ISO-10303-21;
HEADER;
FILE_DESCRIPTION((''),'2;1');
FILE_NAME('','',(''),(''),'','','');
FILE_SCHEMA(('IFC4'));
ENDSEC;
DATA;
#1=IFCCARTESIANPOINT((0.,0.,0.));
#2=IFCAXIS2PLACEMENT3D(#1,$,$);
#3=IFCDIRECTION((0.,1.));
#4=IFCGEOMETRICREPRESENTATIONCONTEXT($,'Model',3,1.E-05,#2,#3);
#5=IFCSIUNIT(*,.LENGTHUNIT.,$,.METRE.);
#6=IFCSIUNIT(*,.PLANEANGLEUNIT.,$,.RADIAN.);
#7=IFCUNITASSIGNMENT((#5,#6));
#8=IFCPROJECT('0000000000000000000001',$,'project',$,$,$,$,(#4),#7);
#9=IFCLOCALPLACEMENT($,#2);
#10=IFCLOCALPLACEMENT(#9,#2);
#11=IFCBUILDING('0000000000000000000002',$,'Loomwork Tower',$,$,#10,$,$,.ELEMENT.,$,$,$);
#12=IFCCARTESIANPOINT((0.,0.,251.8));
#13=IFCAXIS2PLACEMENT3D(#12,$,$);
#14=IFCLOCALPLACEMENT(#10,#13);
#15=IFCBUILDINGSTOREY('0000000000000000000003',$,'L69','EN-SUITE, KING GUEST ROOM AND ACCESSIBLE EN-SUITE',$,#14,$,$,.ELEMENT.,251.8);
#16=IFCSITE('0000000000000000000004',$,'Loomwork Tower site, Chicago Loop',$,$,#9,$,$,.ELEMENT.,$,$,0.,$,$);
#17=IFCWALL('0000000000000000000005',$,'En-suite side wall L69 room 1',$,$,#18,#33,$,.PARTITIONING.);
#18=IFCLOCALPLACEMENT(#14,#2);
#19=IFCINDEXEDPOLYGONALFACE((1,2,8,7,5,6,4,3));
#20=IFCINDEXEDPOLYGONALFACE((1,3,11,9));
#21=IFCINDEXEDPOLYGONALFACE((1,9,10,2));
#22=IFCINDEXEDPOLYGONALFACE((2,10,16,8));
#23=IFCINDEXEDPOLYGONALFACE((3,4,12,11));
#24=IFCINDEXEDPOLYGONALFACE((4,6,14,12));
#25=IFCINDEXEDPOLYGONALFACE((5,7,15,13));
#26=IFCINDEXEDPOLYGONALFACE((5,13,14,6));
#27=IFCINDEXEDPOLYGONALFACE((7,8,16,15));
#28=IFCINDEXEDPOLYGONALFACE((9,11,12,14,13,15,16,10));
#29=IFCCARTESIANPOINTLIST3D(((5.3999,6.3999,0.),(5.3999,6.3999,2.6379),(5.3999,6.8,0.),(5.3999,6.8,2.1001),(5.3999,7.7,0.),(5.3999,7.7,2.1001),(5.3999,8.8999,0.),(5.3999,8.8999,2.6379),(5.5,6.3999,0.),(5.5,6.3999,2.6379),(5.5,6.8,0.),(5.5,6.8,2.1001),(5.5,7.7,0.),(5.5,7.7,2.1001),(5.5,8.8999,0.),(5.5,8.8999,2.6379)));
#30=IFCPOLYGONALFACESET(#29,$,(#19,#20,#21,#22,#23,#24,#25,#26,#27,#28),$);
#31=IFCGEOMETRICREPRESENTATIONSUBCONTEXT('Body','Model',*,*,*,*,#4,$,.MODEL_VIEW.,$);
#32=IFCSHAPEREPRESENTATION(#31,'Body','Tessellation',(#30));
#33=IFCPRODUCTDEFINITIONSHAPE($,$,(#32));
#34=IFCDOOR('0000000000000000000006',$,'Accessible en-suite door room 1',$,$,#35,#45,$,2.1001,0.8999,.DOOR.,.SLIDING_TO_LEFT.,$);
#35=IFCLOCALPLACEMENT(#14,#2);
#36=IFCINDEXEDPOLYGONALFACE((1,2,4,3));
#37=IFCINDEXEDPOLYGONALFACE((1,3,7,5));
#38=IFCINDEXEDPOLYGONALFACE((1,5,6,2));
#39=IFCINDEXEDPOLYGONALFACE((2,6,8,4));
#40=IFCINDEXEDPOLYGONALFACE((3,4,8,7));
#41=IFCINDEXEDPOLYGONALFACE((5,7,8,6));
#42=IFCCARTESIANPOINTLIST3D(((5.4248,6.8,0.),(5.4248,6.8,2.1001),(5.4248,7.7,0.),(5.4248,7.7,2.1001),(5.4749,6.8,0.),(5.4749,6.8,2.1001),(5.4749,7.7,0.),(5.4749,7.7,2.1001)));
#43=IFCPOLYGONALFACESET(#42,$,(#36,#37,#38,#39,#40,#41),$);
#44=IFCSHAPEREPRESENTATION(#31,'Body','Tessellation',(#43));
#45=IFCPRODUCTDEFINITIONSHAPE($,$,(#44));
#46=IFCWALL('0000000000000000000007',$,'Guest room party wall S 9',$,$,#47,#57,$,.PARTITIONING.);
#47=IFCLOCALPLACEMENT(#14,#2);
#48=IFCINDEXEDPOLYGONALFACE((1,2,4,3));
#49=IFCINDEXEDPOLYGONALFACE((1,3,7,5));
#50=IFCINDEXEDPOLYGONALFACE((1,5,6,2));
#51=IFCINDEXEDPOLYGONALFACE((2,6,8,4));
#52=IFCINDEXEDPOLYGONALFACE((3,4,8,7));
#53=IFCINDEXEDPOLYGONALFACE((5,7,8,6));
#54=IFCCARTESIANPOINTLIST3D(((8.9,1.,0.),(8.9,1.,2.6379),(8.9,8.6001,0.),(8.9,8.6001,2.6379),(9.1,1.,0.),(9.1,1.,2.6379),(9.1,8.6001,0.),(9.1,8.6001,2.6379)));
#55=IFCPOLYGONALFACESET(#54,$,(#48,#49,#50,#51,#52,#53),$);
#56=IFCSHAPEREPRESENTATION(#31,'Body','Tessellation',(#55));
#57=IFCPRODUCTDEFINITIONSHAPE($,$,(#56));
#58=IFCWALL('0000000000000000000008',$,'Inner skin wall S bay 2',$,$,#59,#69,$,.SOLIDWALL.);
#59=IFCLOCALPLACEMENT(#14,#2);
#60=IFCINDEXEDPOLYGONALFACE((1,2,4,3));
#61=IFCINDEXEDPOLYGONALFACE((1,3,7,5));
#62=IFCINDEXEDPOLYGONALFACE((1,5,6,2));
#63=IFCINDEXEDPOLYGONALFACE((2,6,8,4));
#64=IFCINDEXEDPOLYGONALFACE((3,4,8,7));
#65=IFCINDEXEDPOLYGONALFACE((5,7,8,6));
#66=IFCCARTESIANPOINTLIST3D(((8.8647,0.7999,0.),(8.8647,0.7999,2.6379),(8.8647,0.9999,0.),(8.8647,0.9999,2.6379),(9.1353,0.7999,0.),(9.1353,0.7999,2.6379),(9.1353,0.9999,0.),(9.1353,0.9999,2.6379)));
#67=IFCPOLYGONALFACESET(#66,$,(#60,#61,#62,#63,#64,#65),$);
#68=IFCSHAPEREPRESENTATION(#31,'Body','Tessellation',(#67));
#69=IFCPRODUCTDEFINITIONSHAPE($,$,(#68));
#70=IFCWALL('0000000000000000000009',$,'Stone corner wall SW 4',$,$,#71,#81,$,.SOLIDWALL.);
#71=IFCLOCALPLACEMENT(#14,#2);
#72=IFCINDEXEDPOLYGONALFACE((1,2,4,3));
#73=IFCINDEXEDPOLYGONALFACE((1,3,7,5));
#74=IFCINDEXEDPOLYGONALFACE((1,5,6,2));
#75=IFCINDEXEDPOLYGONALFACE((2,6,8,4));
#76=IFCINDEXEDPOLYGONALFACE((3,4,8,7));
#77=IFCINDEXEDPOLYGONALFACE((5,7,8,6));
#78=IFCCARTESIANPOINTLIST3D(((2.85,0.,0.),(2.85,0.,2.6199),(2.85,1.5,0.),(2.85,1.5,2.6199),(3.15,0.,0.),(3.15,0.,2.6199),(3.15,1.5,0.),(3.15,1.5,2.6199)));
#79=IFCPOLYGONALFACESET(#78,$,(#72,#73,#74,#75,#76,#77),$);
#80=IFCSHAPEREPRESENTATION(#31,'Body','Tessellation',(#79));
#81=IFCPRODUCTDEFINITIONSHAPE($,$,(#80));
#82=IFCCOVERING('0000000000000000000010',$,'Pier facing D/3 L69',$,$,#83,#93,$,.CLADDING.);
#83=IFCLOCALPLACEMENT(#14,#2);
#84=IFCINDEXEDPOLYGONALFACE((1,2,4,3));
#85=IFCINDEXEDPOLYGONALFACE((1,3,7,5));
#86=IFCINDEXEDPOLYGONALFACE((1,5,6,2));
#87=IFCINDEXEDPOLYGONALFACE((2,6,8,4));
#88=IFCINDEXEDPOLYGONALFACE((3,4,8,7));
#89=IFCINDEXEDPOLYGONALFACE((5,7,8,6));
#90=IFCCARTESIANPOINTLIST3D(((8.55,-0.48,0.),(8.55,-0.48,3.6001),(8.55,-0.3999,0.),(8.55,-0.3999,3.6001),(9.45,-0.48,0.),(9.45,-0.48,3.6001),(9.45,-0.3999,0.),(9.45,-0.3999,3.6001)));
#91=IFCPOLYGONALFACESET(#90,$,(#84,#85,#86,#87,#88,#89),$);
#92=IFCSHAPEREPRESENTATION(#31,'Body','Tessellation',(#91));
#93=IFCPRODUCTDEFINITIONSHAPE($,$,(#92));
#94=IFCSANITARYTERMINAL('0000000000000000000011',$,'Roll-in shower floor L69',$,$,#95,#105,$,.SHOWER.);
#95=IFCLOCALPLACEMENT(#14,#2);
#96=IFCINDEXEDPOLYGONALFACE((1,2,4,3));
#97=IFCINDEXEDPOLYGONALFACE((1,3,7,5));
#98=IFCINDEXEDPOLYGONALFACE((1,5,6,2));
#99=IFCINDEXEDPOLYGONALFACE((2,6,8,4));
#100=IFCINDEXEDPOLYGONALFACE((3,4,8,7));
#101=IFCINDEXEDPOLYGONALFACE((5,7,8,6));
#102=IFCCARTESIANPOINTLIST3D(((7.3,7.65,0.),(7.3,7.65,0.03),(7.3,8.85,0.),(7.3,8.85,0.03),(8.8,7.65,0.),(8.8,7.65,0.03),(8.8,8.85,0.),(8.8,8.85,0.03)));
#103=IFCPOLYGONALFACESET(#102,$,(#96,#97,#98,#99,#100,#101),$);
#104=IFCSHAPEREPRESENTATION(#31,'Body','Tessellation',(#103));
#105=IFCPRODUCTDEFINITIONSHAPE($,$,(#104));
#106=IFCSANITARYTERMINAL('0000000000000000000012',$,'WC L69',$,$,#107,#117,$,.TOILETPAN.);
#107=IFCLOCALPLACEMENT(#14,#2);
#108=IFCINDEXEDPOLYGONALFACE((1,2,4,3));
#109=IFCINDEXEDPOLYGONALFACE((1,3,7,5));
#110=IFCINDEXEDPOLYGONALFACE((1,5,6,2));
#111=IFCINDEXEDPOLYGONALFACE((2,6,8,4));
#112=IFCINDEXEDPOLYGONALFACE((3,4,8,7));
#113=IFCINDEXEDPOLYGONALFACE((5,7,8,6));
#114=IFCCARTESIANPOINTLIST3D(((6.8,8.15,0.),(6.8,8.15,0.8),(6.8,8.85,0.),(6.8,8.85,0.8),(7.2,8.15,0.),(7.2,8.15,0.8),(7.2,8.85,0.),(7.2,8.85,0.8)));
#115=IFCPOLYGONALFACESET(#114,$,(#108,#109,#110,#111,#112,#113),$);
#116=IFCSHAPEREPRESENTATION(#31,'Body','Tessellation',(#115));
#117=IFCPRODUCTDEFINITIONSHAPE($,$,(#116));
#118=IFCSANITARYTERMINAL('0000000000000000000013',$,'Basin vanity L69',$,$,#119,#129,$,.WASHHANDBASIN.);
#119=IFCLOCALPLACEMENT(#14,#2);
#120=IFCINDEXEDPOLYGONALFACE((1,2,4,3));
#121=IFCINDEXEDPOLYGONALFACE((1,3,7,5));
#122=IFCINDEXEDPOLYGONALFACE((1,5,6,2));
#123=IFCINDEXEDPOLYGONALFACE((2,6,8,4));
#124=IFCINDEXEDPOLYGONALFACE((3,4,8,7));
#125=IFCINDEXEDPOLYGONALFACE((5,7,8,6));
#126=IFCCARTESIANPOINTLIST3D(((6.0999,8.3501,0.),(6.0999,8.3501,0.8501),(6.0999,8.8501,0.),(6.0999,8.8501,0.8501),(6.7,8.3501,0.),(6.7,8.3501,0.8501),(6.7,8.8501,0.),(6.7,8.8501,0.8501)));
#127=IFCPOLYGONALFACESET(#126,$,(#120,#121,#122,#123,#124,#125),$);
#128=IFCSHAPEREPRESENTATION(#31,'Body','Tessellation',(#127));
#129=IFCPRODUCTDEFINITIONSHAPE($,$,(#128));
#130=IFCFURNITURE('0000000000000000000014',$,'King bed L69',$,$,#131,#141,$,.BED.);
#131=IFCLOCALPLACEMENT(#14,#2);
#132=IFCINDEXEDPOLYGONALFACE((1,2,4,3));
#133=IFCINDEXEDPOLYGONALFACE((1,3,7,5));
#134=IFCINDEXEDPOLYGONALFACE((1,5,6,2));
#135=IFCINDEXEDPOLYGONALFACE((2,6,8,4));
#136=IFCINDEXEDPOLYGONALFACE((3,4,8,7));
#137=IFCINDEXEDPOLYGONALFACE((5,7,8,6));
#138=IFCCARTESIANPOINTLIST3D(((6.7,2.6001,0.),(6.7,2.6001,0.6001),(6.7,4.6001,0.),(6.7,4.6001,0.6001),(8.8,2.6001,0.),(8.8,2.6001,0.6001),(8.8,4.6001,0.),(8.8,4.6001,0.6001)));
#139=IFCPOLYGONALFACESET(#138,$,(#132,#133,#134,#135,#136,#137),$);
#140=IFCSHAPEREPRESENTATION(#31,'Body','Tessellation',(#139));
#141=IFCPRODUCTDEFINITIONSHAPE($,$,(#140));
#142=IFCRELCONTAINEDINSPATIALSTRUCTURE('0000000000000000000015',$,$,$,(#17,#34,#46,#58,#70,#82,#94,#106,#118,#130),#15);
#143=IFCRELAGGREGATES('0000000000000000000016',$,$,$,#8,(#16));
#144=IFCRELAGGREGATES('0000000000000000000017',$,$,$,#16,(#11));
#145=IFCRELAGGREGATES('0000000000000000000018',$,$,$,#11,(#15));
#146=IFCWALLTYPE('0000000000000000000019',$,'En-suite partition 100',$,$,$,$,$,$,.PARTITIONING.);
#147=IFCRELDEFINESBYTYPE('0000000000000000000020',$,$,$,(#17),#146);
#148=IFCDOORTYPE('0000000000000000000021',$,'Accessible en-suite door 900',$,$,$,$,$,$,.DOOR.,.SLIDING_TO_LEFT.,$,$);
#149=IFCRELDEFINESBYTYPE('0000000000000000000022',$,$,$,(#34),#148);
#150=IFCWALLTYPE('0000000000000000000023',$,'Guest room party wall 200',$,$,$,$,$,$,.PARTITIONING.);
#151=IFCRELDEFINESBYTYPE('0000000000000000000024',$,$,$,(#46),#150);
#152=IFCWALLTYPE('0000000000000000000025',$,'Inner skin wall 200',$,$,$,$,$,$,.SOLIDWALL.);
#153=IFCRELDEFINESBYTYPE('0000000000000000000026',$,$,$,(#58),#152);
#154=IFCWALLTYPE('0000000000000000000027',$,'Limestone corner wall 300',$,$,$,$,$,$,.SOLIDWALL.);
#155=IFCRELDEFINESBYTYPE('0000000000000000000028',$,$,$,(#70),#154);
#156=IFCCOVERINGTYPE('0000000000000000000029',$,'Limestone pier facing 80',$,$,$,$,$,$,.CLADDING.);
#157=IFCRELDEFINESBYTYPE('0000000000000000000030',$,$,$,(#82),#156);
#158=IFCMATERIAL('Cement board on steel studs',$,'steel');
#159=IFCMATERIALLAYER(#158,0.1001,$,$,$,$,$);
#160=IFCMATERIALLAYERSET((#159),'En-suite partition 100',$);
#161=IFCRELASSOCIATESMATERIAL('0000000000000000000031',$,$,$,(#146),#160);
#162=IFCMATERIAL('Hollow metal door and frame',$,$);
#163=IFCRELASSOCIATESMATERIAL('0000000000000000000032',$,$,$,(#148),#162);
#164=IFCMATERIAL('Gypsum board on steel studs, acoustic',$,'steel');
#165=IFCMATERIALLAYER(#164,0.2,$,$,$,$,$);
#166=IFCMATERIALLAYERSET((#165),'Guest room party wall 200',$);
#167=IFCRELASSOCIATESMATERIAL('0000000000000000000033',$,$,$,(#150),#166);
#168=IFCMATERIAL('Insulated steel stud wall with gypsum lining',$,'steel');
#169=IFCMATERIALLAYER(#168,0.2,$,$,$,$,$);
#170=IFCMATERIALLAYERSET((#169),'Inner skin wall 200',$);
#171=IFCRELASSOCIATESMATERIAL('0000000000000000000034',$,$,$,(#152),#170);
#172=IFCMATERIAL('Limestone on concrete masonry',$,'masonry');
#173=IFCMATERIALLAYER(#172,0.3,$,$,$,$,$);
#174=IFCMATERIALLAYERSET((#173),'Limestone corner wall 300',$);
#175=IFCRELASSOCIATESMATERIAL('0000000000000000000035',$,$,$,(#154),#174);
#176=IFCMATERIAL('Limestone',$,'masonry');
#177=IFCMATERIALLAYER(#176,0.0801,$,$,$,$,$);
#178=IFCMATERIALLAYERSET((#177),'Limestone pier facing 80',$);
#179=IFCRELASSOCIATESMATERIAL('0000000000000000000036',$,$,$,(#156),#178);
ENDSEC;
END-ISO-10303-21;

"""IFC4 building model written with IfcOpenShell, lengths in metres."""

from ifc_helpers import new_model, si_unit, direction, frame, frame_2d, origin, origin_2d, place, context, subcontext, project, spatial, rectangle, extrude, material, layer, layer_set, type_object, element, fill, save


model = new_model("IFC4")

# Units and contexts
model_context = context("Model", 3, precision=1e-05, world=origin(), true_north=direction((0.0, 1.0)))
body_context = subcontext(model_context, "Body", "Model", "MODEL_VIEW")
ifc_project = project(units=[si_unit("LENGTHUNIT", "METRE"), si_unit("PLANEANGLEUNIT", "RADIAN")], contexts=[model_context])

# Site, building, storey
site_placement = place(None, origin())
site = spatial("IfcSite", under=ifc_project, at=site_placement, Name="Loomwork Tower site, Chicago Loop", CompositionType="ELEMENT", RefElevation=0.0)
building_placement = place(site_placement, origin())
building = spatial("IfcBuilding", under=site, at=building_placement, Name="Loomwork Tower", CompositionType="ELEMENT")
storey_placement = place(building_placement, frame((0.0, 0.0, 251.8)))
storey = spatial("IfcBuildingStorey", under=building, at=storey_placement, Name="L69", Description="EN-SUITE, KING GUEST ROOM AND ACCESSIBLE EN-SUITE", CompositionType="ELEMENT", Elevation=251.8)

# Shared definitions
ifc_material_1 = material(Name="Cement board on steel studs", Category="steel")
ifc_layer_1 = layer(ifc_material_1, 0.1001)
ifc_layer_set_1 = layer_set([ifc_layer_1], Name="En-suite partition 100")
wall_type_1 = type_object("IfcWallType", Name="En-suite partition 100", PredefinedType="PARTITIONING", material=ifc_layer_set_1)

# Wall, opening, door
wall_1_placement = place(storey_placement, frame((5.45, 8.8999, 0.0), z_axis=(0.0, 0.0, 1.0), x_axis=(0.0, -1.0, 0.0)))
wall_1 = element("IfcWall", 1, at=wall_1_placement, inside=storey, type_object=wall_type_1, Name="En-suite side wall L69 room 1", PredefinedType="PARTITIONING", context=body_context, shape_type="SweptSolid", body=[
    extrude(rectangle(XDim=2.5, YDim=0.1001, at=frame_2d((1.25, 0.0))), origin(), (0.0, 0.0, 1.0), 2.6379),
])
opening_placement = place(wall_1_placement, frame((1.2, 0.0, 0.0)))
opening = element("IfcOpeningElement", 2, at=opening_placement, cuts=wall_1, PredefinedType="OPENING", context=body_context, shape_type="SweptSolid", body=[
    extrude(rectangle(XDim=0.8999, YDim=2.1001, at=frame_2d((0.45, 1.05))), frame((0.0, 0.0601, 0.0), z_axis=(0.0, -1.0, 0.0), x_axis=(1.0, 0.0, 0.0)), (0.0, 0.0, 1.0), 0.1201),
])
ifc_material_2 = material(Name="Hollow metal door and frame")
door_type = type_object("IfcDoorType", Name="Accessible en-suite door 900", OperationType="SLIDING_TO_LEFT", PredefinedType="DOOR", material=ifc_material_2)
door_placement = place(opening_placement, origin())
door = element("IfcDoor", 3, at=door_placement, inside=storey, type_object=door_type, Name="Accessible en-suite door room 1", OperationType="SLIDING_TO_LEFT", OverallHeight=2.1001, OverallWidth=0.8999, PredefinedType="DOOR", context=body_context, shape_type="SweptSolid", body=[
    extrude(rectangle(XDim=0.8999, YDim=2.1001, at=frame_2d((0.45, 1.05))), frame((0.0, 0.0249, 0.0), z_axis=(0.0, -1.0, 0.0), x_axis=(1.0, 0.0, 0.0)), (0.0, 0.0, 1.0), 0.05),
])
fill(opening, door)

# Walls
ifc_material_3 = material(Name="Gypsum board on steel studs, acoustic", Category="steel")
ifc_layer_2 = layer(ifc_material_3, 0.2)
ifc_layer_set_2 = layer_set([ifc_layer_2], Name="Guest room party wall 200")
wall_type_2 = type_object("IfcWallType", Name="Guest room party wall 200", PredefinedType="PARTITIONING", material=ifc_layer_set_2)
wall_2_placement = place(storey_placement, frame((9.0, 8.6001, 0.0), z_axis=(0.0, 0.0, 1.0), x_axis=(0.0, -1.0, 0.0)))
element("IfcWall", 4, at=wall_2_placement, inside=storey, type_object=wall_type_2, Name="Guest room party wall S 9", PredefinedType="PARTITIONING", context=body_context, shape_type="SweptSolid", body=[
    extrude(rectangle(XDim=7.6001, YDim=0.2, at=frame_2d((3.8, 0.0))), origin(), (0.0, 0.0, 1.0), 2.6379),
])
ifc_material_4 = material(Name="Insulated steel stud wall with gypsum lining", Category="steel")
ifc_layer_3 = layer(ifc_material_4, 0.2)
ifc_layer_set_3 = layer_set([ifc_layer_3], Name="Inner skin wall 200")
wall_type_3 = type_object("IfcWallType", Name="Inner skin wall 200", PredefinedType="SOLIDWALL", material=ifc_layer_set_3)
wall_3_placement = place(storey_placement, frame((8.8647, 0.8999, 0.0), z_axis=(0.0, 0.0, 1.0), x_axis=(1.0, 0.0, 0.0)))
element("IfcWall", 5, at=wall_3_placement, inside=storey, type_object=wall_type_3, Name="Inner skin wall S bay 2", PredefinedType="SOLIDWALL", context=body_context, shape_type="SweptSolid", body=[
    extrude(rectangle(XDim=0.2705, YDim=0.2, at=frame_2d((0.1353, 0.0))), origin(), (0.0, 0.0, 1.0), 2.6379),
])
ifc_material_5 = material(Name="Limestone on concrete masonry", Category="masonry")
ifc_layer_4 = layer(ifc_material_5, 0.3)
ifc_layer_set_4 = layer_set([ifc_layer_4], Name="Limestone corner wall 300")
wall_type_4 = type_object("IfcWallType", Name="Limestone corner wall 300", PredefinedType="SOLIDWALL", material=ifc_layer_set_4)
wall_4_placement = place(storey_placement, frame((3.0, 1.5, 0.0), z_axis=(0.0, 0.0, 1.0), x_axis=(0.0, -1.0, 0.0)))
element("IfcWall", 6, at=wall_4_placement, inside=storey, type_object=wall_type_4, Name="Stone corner wall SW 4", PredefinedType="SOLIDWALL", context=body_context, shape_type="SweptSolid", body=[
    extrude(rectangle(XDim=1.5, YDim=0.3, at=frame_2d((0.75, 0.0))), origin(), (0.0, 0.0, 1.0), 2.6199),
])

# Covering
ifc_material_6 = material(Name="Limestone", Category="masonry")
ifc_layer_5 = layer(ifc_material_6, 0.0801)
ifc_layer_set_5 = layer_set([ifc_layer_5], Name="Limestone pier facing 80")
covering_type = type_object("IfcCoveringType", Name="Limestone pier facing 80", PredefinedType="CLADDING", material=ifc_layer_set_5)
covering_placement = place(storey_placement, frame((9.0, -0.4399, 0.0), z_axis=(0.0, 0.0, 1.0), x_axis=(1.0, 0.0, 0.0)))
element("IfcCovering", 7, at=covering_placement, inside=storey, type_object=covering_type, Name="Pier facing D/3 L69", PredefinedType="CLADDING", context=body_context, shape_type="SweptSolid", body=[
    extrude(rectangle(XDim=0.8999, YDim=0.0801, at=origin_2d()), origin(), (0.0, 0.0, 1.0), 3.6001),
])

# Sanitary terminals
sanitary_terminal_1_placement = place(storey_placement, frame((8.05, 8.25, 0.0), z_axis=(0.0, 0.0, 1.0), x_axis=(1.0, 0.0, 0.0)))
element("IfcSanitaryTerminal", 8, at=sanitary_terminal_1_placement, inside=storey, Name="Roll-in shower floor L69", PredefinedType="SHOWER", context=body_context, shape_type="SweptSolid", body=[
    extrude(rectangle(XDim=1.5, YDim=1.2, at=origin_2d()), origin(), (0.0, 0.0, 1.0), 0.03),
])
sanitary_terminal_2_placement = place(storey_placement, frame((7.0, 8.5, 0.0), z_axis=(0.0, 0.0, 1.0), x_axis=(1.0, 0.0, 0.0)))
element("IfcSanitaryTerminal", 9, at=sanitary_terminal_2_placement, inside=storey, Name="WC L69", PredefinedType="TOILETPAN", context=body_context, shape_type="SweptSolid", body=[
    extrude(rectangle(XDim=0.3999, YDim=0.7, at=origin_2d()), origin(), (0.0, 0.0, 1.0), 0.8),
])
sanitary_terminal_3_placement = place(storey_placement, frame((6.3999, 8.6001, 0.0), z_axis=(0.0, 0.0, 1.0), x_axis=(1.0, 0.0, 0.0)))
element("IfcSanitaryTerminal", 10, at=sanitary_terminal_3_placement, inside=storey, Name="Basin vanity L69", PredefinedType="WASHHANDBASIN", context=body_context, shape_type="SweptSolid", body=[
    extrude(rectangle(XDim=0.6001, YDim=0.5, at=origin_2d()), origin(), (0.0, 0.0, 1.0), 0.8501),
])

# Furniture
furniture_placement = place(storey_placement, frame((7.75, 3.6001, 0.0), z_axis=(0.0, 0.0, 1.0), x_axis=(1.0, 0.0, 0.0)))
element("IfcFurniture", 11, at=furniture_placement, inside=storey, Name="King bed L69", PredefinedType="BED", context=body_context, shape_type="SweptSolid", body=[
    extrude(rectangle(XDim=2.1001, YDim=2.0, at=origin_2d()), origin(), (0.0, 0.0, 1.0), 0.6001),
])

save(model, "model.ifc")
